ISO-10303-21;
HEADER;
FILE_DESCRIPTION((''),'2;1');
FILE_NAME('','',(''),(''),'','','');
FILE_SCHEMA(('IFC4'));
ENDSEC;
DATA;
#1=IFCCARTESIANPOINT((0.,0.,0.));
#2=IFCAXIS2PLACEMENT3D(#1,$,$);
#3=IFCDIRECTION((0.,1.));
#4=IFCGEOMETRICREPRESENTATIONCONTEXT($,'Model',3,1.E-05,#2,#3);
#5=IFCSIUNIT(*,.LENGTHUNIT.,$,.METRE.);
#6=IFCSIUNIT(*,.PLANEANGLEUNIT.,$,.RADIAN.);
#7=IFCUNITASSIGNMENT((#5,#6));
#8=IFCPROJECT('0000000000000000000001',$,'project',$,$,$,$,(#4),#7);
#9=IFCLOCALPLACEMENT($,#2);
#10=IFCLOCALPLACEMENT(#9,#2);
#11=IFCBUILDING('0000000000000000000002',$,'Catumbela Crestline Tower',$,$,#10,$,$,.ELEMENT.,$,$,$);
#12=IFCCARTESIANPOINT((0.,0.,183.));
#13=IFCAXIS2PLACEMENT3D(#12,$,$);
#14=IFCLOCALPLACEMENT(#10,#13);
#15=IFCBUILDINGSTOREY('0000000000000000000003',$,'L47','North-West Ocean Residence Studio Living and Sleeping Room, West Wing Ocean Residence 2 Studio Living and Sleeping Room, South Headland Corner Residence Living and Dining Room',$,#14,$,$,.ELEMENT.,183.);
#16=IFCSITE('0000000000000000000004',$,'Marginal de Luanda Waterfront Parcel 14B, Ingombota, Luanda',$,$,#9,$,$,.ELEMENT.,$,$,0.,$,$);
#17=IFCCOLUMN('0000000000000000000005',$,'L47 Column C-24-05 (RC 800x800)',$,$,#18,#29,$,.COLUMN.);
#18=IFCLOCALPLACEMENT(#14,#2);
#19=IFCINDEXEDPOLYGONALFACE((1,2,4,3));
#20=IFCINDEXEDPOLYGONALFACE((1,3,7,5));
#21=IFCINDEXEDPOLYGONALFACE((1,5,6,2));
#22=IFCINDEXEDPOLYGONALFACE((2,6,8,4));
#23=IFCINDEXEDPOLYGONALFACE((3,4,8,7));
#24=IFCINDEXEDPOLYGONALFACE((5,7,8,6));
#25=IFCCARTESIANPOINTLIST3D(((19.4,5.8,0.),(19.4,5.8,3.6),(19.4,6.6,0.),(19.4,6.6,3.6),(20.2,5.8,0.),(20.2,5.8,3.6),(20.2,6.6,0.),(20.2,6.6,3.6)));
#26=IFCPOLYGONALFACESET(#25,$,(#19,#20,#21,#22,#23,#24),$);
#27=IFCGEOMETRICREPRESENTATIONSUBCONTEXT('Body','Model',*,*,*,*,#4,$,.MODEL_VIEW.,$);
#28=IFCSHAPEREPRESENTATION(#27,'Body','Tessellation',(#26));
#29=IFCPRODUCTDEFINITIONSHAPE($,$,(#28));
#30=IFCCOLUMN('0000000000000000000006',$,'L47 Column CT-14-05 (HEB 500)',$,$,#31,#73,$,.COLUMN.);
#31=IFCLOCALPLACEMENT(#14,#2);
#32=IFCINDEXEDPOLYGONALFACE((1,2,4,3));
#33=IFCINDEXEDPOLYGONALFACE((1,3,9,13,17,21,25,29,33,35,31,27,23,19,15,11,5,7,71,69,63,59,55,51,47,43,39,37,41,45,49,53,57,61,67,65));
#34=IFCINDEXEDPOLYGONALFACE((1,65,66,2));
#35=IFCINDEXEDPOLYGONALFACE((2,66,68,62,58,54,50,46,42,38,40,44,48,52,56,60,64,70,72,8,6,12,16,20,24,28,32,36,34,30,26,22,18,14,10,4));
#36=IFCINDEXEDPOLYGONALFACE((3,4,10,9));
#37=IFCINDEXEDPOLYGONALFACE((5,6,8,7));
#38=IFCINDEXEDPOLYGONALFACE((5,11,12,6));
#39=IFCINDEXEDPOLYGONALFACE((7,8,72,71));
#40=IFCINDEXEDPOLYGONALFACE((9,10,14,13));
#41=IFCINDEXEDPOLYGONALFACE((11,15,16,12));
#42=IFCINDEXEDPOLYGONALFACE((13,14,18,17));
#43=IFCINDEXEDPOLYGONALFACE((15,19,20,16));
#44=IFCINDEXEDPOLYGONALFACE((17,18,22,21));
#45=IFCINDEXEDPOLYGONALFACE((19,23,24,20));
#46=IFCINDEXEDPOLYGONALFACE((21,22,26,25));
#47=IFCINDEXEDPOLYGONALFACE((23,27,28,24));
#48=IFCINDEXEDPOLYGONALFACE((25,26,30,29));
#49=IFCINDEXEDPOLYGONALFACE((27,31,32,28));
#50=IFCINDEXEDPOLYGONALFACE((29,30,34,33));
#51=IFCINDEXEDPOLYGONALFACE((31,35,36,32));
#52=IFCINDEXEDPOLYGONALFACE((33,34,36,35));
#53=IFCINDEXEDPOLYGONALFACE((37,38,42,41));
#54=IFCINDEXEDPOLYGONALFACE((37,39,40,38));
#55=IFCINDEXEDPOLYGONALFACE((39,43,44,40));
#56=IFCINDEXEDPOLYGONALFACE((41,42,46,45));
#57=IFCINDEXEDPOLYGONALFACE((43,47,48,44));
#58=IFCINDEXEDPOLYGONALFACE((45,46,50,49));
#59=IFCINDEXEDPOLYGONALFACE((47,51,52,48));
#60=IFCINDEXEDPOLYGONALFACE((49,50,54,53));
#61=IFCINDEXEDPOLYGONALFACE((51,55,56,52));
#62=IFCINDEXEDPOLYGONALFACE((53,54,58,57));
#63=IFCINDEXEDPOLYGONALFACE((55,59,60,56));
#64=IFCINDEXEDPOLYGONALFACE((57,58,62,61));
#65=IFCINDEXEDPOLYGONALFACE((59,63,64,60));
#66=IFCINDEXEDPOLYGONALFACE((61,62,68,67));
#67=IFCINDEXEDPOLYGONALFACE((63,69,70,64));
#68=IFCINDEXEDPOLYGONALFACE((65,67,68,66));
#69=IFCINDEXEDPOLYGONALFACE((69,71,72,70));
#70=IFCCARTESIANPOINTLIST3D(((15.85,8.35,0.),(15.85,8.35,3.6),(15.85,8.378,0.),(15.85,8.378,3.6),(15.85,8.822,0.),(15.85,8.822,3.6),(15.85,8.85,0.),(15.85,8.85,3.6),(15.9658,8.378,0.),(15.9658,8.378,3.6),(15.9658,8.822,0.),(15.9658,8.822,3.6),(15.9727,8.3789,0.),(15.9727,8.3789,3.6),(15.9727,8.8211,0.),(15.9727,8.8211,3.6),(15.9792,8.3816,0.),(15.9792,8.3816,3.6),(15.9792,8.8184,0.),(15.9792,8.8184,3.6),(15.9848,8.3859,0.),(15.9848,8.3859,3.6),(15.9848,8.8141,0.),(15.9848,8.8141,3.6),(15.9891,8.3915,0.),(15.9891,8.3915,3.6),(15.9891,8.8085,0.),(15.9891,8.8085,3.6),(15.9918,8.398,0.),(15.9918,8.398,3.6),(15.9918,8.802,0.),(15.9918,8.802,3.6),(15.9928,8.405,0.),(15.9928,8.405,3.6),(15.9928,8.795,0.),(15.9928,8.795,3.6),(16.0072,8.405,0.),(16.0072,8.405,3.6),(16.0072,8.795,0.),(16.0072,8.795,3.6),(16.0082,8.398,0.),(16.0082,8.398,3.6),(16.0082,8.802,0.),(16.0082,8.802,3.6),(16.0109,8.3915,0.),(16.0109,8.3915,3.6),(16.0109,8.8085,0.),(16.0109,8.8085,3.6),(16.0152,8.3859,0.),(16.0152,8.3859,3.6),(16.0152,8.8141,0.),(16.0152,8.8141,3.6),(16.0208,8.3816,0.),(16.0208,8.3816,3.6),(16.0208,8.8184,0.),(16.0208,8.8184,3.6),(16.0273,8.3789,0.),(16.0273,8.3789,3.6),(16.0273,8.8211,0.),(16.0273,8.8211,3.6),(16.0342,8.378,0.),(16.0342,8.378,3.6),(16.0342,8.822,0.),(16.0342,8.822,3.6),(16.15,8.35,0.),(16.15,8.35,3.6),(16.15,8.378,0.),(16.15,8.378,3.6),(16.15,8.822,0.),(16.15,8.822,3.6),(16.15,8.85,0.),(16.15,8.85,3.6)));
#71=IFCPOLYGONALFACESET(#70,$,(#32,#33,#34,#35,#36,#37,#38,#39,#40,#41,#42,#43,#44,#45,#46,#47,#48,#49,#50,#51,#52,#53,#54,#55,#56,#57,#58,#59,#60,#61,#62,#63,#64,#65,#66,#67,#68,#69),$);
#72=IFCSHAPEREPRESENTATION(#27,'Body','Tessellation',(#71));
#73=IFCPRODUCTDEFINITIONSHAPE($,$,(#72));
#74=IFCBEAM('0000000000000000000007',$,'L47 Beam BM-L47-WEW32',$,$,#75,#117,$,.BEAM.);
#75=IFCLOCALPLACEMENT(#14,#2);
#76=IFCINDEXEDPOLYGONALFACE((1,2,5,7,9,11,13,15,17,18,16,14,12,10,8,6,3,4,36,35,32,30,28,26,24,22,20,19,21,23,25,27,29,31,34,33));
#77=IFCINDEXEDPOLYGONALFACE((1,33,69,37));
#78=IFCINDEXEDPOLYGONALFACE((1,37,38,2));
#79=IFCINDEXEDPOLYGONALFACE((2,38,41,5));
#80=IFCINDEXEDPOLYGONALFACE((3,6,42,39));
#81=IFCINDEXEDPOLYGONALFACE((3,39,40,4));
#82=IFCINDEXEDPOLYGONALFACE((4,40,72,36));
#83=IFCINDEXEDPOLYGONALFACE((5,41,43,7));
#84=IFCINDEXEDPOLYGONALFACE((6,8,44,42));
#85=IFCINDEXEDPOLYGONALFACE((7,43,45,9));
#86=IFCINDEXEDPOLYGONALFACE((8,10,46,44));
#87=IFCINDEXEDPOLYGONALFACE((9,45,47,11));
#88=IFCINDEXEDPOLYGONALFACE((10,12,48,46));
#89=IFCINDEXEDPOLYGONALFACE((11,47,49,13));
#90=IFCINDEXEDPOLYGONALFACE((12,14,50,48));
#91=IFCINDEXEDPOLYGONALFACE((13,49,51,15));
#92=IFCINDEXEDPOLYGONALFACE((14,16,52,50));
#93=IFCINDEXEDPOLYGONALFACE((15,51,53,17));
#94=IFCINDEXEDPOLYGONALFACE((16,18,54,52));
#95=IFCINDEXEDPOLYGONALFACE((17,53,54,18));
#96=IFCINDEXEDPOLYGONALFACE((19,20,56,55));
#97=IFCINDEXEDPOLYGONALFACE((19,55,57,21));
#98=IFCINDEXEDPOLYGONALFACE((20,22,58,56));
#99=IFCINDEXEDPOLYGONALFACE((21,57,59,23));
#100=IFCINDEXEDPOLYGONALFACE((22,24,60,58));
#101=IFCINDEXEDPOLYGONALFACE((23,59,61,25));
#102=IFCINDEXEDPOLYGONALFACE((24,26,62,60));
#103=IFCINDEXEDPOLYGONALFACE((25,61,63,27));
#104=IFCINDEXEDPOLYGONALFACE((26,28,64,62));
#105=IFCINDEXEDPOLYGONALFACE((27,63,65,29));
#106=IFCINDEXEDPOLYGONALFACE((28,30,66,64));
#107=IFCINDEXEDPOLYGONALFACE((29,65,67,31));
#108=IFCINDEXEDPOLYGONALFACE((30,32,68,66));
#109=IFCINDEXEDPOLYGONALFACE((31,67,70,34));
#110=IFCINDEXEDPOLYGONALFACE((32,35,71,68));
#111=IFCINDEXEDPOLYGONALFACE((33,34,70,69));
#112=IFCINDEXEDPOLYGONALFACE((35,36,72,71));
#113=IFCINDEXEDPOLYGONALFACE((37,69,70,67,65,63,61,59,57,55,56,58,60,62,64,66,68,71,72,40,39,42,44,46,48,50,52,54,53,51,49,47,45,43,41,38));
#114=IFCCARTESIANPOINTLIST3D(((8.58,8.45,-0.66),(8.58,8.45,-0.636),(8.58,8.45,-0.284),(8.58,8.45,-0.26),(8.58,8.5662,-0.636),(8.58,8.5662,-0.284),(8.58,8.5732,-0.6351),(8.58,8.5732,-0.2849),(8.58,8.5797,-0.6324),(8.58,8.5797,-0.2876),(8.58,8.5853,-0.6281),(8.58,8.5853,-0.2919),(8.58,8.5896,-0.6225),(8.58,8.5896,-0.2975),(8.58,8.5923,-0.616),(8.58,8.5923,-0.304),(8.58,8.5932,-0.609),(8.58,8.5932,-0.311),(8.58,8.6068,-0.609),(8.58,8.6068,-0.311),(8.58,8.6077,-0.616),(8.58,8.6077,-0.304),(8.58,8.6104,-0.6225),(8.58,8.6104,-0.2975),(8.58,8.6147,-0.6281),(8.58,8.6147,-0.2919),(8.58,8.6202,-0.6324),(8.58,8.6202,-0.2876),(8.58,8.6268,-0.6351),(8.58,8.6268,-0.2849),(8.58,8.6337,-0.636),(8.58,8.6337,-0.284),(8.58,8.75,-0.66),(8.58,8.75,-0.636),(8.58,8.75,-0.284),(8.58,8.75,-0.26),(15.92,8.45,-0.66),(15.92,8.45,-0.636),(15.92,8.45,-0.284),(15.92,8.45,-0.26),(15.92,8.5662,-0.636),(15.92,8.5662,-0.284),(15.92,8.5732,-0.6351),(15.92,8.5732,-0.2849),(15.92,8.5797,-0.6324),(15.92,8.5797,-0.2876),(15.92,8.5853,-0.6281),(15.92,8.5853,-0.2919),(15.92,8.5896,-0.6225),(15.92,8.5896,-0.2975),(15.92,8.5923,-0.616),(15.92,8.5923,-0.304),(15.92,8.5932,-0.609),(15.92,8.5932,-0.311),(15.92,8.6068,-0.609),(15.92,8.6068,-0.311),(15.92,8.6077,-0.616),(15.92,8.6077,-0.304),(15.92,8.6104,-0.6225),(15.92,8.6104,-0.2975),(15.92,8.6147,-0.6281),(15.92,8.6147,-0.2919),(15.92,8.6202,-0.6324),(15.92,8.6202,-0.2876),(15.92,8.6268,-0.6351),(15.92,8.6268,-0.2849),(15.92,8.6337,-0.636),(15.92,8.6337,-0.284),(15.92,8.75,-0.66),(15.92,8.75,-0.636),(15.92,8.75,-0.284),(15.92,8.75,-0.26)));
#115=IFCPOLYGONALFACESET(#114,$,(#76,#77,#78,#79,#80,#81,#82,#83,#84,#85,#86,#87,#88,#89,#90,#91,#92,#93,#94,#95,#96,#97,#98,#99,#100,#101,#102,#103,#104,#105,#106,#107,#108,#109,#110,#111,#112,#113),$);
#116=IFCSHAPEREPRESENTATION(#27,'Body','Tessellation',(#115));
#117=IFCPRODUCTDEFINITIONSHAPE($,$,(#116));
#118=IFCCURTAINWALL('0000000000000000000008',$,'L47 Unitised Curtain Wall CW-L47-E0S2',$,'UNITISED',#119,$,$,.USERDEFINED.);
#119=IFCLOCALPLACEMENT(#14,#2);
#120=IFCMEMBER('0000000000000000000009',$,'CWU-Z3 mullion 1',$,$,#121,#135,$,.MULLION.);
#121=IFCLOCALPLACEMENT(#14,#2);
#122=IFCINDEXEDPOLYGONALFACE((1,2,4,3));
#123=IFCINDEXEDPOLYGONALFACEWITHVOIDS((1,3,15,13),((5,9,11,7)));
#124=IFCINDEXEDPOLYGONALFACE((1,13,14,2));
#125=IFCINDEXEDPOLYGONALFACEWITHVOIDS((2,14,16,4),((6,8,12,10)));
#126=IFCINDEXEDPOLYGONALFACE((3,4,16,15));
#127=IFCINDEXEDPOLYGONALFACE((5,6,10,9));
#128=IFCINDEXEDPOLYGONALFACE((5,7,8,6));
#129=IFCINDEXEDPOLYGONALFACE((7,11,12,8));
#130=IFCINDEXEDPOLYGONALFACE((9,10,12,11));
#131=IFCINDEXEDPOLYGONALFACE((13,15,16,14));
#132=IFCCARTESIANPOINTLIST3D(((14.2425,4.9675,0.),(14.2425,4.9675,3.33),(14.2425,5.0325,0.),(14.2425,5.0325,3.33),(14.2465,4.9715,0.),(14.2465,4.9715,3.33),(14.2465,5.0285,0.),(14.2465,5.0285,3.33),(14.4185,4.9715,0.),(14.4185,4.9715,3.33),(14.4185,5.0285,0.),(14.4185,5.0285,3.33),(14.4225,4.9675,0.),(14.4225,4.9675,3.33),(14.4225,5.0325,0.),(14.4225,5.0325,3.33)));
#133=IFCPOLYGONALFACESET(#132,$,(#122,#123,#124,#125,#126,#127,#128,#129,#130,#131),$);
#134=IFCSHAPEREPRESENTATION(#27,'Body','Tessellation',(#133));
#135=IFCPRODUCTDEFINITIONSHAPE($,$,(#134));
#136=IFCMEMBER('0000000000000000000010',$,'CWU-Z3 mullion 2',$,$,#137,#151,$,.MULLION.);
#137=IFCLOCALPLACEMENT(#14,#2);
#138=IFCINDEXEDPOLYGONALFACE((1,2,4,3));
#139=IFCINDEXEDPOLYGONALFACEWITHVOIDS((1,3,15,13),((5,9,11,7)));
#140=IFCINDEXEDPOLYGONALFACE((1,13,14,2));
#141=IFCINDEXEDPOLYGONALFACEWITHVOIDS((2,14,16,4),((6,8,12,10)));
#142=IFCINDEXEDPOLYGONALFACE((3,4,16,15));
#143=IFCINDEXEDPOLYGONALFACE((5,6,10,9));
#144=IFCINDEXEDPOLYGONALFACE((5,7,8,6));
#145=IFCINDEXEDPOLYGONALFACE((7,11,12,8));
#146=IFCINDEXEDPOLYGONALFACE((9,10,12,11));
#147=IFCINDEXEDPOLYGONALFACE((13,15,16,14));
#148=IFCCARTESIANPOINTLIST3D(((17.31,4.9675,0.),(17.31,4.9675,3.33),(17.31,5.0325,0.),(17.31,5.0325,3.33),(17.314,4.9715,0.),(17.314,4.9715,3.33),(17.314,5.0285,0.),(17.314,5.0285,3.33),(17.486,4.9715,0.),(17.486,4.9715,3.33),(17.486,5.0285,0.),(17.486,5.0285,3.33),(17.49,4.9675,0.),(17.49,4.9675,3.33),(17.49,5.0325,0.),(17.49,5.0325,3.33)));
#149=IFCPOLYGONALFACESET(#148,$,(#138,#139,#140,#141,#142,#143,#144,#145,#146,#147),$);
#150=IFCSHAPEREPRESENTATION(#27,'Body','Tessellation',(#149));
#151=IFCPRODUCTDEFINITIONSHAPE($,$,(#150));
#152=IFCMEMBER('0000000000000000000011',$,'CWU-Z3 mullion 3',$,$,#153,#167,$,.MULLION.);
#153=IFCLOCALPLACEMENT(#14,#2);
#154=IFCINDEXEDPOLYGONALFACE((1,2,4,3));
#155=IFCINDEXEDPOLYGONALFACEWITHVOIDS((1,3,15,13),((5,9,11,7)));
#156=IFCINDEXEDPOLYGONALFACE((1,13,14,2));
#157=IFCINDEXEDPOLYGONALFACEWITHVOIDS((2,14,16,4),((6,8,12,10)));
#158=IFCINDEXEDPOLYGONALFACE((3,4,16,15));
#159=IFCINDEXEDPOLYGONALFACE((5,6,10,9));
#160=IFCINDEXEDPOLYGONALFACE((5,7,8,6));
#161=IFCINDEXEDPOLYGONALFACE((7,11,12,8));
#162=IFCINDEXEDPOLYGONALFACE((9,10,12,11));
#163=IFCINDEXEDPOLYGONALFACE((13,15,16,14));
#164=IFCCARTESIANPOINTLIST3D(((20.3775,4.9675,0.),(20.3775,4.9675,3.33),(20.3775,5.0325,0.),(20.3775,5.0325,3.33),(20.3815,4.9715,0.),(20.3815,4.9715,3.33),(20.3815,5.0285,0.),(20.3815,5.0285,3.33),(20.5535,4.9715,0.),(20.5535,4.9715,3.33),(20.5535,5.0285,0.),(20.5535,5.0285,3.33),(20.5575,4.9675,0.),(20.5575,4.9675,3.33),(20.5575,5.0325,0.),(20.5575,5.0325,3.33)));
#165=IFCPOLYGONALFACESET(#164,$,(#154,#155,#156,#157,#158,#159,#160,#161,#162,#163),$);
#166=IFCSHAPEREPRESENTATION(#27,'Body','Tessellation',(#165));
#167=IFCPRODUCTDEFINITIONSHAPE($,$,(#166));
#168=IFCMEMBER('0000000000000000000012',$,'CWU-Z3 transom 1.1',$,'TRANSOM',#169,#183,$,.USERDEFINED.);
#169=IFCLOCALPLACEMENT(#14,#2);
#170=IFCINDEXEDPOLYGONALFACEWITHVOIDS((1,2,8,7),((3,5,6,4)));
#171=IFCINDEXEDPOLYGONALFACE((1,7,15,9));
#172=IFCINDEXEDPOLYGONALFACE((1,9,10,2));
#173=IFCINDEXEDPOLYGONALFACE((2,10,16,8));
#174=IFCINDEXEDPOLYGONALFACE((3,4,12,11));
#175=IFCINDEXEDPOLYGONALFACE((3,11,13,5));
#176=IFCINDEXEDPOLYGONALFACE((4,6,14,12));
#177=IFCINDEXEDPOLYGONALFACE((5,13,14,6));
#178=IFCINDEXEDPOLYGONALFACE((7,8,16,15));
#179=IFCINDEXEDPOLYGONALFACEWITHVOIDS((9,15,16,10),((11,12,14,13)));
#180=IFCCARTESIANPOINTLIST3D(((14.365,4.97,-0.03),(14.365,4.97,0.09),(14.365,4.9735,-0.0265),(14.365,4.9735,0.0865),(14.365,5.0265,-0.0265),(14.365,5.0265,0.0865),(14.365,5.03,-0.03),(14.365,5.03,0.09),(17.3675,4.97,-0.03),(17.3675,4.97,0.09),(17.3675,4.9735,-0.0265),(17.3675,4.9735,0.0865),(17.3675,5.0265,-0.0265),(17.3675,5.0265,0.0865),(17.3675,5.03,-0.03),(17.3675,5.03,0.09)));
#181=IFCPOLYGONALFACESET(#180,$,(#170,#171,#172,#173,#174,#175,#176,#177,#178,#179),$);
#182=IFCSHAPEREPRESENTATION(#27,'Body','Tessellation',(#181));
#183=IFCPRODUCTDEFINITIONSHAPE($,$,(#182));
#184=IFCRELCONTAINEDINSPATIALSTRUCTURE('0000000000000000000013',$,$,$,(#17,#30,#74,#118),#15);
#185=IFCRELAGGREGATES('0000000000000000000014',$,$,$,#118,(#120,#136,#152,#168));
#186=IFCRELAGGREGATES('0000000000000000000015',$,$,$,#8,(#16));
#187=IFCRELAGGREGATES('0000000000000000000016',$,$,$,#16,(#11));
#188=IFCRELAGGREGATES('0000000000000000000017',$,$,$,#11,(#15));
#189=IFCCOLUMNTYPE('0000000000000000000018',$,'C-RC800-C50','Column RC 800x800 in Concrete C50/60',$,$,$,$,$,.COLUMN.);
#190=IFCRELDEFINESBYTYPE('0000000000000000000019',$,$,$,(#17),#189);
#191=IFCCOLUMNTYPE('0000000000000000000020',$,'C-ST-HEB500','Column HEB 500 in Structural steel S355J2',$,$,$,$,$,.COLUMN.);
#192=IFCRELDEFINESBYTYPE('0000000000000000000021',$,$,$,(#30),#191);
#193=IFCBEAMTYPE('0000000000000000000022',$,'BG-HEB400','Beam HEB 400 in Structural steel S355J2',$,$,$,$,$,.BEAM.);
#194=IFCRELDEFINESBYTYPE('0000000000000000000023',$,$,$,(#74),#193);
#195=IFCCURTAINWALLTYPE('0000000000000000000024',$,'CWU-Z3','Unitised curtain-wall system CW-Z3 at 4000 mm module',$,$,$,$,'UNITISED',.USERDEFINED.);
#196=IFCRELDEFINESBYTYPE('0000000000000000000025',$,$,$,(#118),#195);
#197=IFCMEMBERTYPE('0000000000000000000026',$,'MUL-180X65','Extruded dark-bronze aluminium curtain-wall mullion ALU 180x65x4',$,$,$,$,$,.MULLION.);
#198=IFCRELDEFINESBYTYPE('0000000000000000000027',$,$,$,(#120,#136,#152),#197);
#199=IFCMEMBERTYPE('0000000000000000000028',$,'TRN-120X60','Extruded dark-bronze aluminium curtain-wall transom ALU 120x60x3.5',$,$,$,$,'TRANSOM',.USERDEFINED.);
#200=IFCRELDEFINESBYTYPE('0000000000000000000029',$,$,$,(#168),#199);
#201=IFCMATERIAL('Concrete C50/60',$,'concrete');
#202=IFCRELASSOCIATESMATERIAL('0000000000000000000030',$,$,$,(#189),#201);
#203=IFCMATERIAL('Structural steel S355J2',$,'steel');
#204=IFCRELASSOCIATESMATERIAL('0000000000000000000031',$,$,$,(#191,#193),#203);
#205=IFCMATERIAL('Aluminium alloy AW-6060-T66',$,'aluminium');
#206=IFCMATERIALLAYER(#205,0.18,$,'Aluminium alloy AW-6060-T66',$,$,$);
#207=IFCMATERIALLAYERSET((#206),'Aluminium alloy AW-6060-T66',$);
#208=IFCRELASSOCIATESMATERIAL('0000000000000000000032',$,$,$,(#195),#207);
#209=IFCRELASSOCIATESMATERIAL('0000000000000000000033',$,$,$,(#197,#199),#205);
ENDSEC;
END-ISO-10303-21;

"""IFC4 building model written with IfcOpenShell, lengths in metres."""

from ifc_helpers import new_model, si_unit, direction, frame, origin, origin_2d, place, context, subcontext, project, spatial, rectangle, hollow_rectangle, i_section, extrude, material, layer, layer_set, material_profile, profile_set, type_object, element, aggregate, save


model = new_model("IFC4")

# Units and contexts
model_context = context("Model", 3, precision=1e-05, world=origin(), true_north=direction((0.0, 1.0)))
body_context = subcontext(model_context, "Body", "Model", "MODEL_VIEW")
ifc_project = project(units=[si_unit("LENGTHUNIT", "METRE"), si_unit("PLANEANGLEUNIT", "RADIAN")], contexts=[model_context])

# Site, building, storey
site_placement = place(None, origin())
site = spatial("IfcSite", under=ifc_project, at=site_placement, Name="Marginal de Luanda Waterfront Parcel 14B, Ingombota, Luanda", CompositionType="ELEMENT", RefElevation=0.0)
building_placement = place(site_placement, origin())
building = spatial("IfcBuilding", under=site, at=building_placement, Name="Catumbela Crestline Tower", CompositionType="ELEMENT")
storey_placement = place(building_placement, frame((0.0, 0.0, 183.0)))
storey = spatial("IfcBuildingStorey", under=building, at=storey_placement, Name="L47", Description="North-West Ocean Residence Studio Living and Sleeping Room, West Wing Ocean Residence 2 Studio Living and Sleeping Room, South Headland Corner Residence Living and Dining Room", CompositionType="ELEMENT", Elevation=183.0)

# Columns
ifc_material_1 = material(Name="Concrete C50/60", Category="concrete")
ifc_material_profile_1 = material_profile(ifc_material_1, rectangle(XDim=0.8, YDim=0.8, at=origin_2d()), Name="RC 800x800")
ifc_profile_set_1 = profile_set([ifc_material_profile_1], Name="Concrete C50/60")
column_type_1 = type_object("IfcColumnType", Name="C-RC800-C50", Description="Column RC 800x800 in Concrete C50/60", PredefinedType="COLUMN", material=ifc_profile_set_1)
column_1_placement = place(storey_placement, frame((19.8, 6.2, 0.0), z_axis=(0.0, 0.0, 1.0), x_axis=(1.0, 0.0, 0.0)))
element("IfcColumn", 1, at=column_1_placement, inside=storey, type_object=column_type_1, Name="L47 Column C-24-05 (RC 800x800)", PredefinedType="COLUMN", context=body_context, shape_type="SweptSolid", body=[
    extrude(rectangle(XDim=0.8, YDim=0.8, at=origin_2d()), origin(), (0.0, 0.0, 1.0), 3.6),
])
ifc_material_2 = material(Name="Structural steel S355J2", Category="steel")
ifc_material_profile_2 = material_profile(ifc_material_2, i_section(OverallWidth=0.3, OverallDepth=0.5, WebThickness=0.0145, FlangeThickness=0.028, FilletRadius=0.027, at=origin_2d()), Name="HEB 500")
ifc_profile_set_2 = profile_set([ifc_material_profile_2], Name="Structural steel S355J2")
column_type_2 = type_object("IfcColumnType", Name="C-ST-HEB500", Description="Column HEB 500 in Structural steel S355J2", PredefinedType="COLUMN", material=ifc_profile_set_2)
column_2_placement = place(storey_placement, frame((16.0, 8.6, 0.0), z_axis=(0.0, 0.0, 1.0), x_axis=(1.0, 0.0, 0.0)))
element("IfcColumn", 2, at=column_2_placement, inside=storey, type_object=column_type_2, Name="L47 Column CT-14-05 (HEB 500)", PredefinedType="COLUMN", context=body_context, shape_type="SweptSolid", body=[
    extrude(i_section(OverallWidth=0.3, OverallDepth=0.5, WebThickness=0.0145, FlangeThickness=0.028, FilletRadius=0.027, at=origin_2d()), origin(), (0.0, 0.0, 1.0), 3.6),
])

# Beam
ifc_material_profile_3 = material_profile(ifc_material_2, i_section(OverallWidth=0.3, OverallDepth=0.4, WebThickness=0.0135, FlangeThickness=0.024, FilletRadius=0.027, at=origin_2d()), Name="HEB 400")
ifc_profile_set_3 = profile_set([ifc_material_profile_3], Name="Structural steel S355J2")
beam_type = type_object("IfcBeamType", Name="BG-HEB400", Description="Beam HEB 400 in Structural steel S355J2", PredefinedType="BEAM", material=ifc_profile_set_3)
beam_placement = place(storey_placement, frame((8.58, 8.6, -0.46), z_axis=(1.0, 0.0, 0.0), x_axis=(0.0, 1.0, 0.0)))
element("IfcBeam", 3, at=beam_placement, inside=storey, type_object=beam_type, Name="L47 Beam BM-L47-WEW32", PredefinedType="BEAM", context=body_context, shape_type="SweptSolid", body=[
    extrude(i_section(OverallWidth=0.3, OverallDepth=0.4, WebThickness=0.0135, FlangeThickness=0.024, FilletRadius=0.027, at=origin_2d()), origin(), (0.0, 0.0, 1.0), 7.34),
])

# Curtain wall, members
ifc_material_3 = material(Name="Aluminium alloy AW-6060-T66", Category="aluminium")
ifc_layer_1 = layer(ifc_material_3, 0.18, Name="Aluminium alloy AW-6060-T66")
ifc_layer_set_1 = layer_set([ifc_layer_1], Name="Aluminium alloy AW-6060-T66")
curtain_wall_type = type_object("IfcCurtainWallType", Name="CWU-Z3", Description="Unitised curtain-wall system CW-Z3 at 4000 mm module", ElementType="UNITISED", PredefinedType="USERDEFINED", material=ifc_layer_set_1)
curtain_wall_placement = place(storey_placement, origin())
curtain_wall = element("IfcCurtainWall", 4, at=curtain_wall_placement, inside=storey, type_object=curtain_wall_type, Name="L47 Unitised Curtain Wall CW-L47-E0S2", ObjectType="UNITISED", PredefinedType="USERDEFINED")
ifc_material_profile_4 = material_profile(ifc_material_3, hollow_rectangle(XDim=0.065, YDim=0.18, WallThickness=0.004, at=origin_2d()), Name="ALU 180x65x4")
ifc_profile_set_4 = profile_set([ifc_material_profile_4], Name="Aluminium alloy AW-6060-T66")
member_type_1 = type_object("IfcMemberType", Name="MUL-180X65", Description="Extruded dark-bronze aluminium curtain-wall mullion ALU 180x65x4", PredefinedType="MULLION", material=ifc_profile_set_4)
member_1_placement = place(storey_placement, frame((14.3325, 5.0, 0.0), z_axis=(0.0, 0.0, 1.0), x_axis=(0.0, 1.0, 0.0)))
member_1 = element("IfcMember", 5, at=member_1_placement, type_object=member_type_1, Name="CWU-Z3 mullion 1", PredefinedType="MULLION", context=body_context, shape_type="SweptSolid", body=[
    extrude(hollow_rectangle(XDim=0.065, YDim=0.18, WallThickness=0.004, at=origin_2d()), origin(), (0.0, 0.0, 1.0), 3.33),
])
member_2_placement = place(storey_placement, frame((17.4, 5.0, 0.0), z_axis=(0.0, 0.0, 1.0), x_axis=(0.0, 1.0, 0.0)))
member_2 = element("IfcMember", 6, at=member_2_placement, type_object=member_type_1, Name="CWU-Z3 mullion 2", PredefinedType="MULLION", context=body_context, shape_type="SweptSolid", body=[
    extrude(hollow_rectangle(XDim=0.065, YDim=0.18, WallThickness=0.004, at=origin_2d()), origin(), (0.0, 0.0, 1.0), 3.33),
])
member_3_placement = place(storey_placement, frame((20.4675, 5.0, 0.0), z_axis=(0.0, 0.0, 1.0), x_axis=(0.0, 1.0, 0.0)))
member_3 = element("IfcMember", 7, at=member_3_placement, type_object=member_type_1, Name="CWU-Z3 mullion 3", PredefinedType="MULLION", context=body_context, shape_type="SweptSolid", body=[
    extrude(hollow_rectangle(XDim=0.065, YDim=0.18, WallThickness=0.004, at=origin_2d()), origin(), (0.0, 0.0, 1.0), 3.33),
])
ifc_material_profile_5 = material_profile(ifc_material_3, hollow_rectangle(XDim=0.06, YDim=0.12, WallThickness=0.0035, at=origin_2d()), Name="ALU 120x60x3.5")
ifc_profile_set_5 = profile_set([ifc_material_profile_5], Name="Aluminium alloy AW-6060-T66")
member_type_2 = type_object("IfcMemberType", Name="TRN-120X60", Description="Extruded dark-bronze aluminium curtain-wall transom ALU 120x60x3.5", ElementType="TRANSOM", PredefinedType="USERDEFINED", material=ifc_profile_set_5)
member_4_placement = place(storey_placement, frame((14.365, 5.0, 0.03), z_axis=(1.0, 0.0, 0.0), x_axis=(0.0, 1.0, 0.0)))
member_4 = element("IfcMember", 8, at=member_4_placement, type_object=member_type_2, Name="CWU-Z3 transom 1.1", ObjectType="TRANSOM", PredefinedType="USERDEFINED", context=body_context, shape_type="SweptSolid", body=[
    extrude(hollow_rectangle(XDim=0.06, YDim=0.12, WallThickness=0.0035, at=origin_2d()), origin(), (0.0, 0.0, 1.0), 3.0025),
])
aggregate(curtain_wall, [member_1, member_2, member_3, member_4])

save(model, "model.ifc")
